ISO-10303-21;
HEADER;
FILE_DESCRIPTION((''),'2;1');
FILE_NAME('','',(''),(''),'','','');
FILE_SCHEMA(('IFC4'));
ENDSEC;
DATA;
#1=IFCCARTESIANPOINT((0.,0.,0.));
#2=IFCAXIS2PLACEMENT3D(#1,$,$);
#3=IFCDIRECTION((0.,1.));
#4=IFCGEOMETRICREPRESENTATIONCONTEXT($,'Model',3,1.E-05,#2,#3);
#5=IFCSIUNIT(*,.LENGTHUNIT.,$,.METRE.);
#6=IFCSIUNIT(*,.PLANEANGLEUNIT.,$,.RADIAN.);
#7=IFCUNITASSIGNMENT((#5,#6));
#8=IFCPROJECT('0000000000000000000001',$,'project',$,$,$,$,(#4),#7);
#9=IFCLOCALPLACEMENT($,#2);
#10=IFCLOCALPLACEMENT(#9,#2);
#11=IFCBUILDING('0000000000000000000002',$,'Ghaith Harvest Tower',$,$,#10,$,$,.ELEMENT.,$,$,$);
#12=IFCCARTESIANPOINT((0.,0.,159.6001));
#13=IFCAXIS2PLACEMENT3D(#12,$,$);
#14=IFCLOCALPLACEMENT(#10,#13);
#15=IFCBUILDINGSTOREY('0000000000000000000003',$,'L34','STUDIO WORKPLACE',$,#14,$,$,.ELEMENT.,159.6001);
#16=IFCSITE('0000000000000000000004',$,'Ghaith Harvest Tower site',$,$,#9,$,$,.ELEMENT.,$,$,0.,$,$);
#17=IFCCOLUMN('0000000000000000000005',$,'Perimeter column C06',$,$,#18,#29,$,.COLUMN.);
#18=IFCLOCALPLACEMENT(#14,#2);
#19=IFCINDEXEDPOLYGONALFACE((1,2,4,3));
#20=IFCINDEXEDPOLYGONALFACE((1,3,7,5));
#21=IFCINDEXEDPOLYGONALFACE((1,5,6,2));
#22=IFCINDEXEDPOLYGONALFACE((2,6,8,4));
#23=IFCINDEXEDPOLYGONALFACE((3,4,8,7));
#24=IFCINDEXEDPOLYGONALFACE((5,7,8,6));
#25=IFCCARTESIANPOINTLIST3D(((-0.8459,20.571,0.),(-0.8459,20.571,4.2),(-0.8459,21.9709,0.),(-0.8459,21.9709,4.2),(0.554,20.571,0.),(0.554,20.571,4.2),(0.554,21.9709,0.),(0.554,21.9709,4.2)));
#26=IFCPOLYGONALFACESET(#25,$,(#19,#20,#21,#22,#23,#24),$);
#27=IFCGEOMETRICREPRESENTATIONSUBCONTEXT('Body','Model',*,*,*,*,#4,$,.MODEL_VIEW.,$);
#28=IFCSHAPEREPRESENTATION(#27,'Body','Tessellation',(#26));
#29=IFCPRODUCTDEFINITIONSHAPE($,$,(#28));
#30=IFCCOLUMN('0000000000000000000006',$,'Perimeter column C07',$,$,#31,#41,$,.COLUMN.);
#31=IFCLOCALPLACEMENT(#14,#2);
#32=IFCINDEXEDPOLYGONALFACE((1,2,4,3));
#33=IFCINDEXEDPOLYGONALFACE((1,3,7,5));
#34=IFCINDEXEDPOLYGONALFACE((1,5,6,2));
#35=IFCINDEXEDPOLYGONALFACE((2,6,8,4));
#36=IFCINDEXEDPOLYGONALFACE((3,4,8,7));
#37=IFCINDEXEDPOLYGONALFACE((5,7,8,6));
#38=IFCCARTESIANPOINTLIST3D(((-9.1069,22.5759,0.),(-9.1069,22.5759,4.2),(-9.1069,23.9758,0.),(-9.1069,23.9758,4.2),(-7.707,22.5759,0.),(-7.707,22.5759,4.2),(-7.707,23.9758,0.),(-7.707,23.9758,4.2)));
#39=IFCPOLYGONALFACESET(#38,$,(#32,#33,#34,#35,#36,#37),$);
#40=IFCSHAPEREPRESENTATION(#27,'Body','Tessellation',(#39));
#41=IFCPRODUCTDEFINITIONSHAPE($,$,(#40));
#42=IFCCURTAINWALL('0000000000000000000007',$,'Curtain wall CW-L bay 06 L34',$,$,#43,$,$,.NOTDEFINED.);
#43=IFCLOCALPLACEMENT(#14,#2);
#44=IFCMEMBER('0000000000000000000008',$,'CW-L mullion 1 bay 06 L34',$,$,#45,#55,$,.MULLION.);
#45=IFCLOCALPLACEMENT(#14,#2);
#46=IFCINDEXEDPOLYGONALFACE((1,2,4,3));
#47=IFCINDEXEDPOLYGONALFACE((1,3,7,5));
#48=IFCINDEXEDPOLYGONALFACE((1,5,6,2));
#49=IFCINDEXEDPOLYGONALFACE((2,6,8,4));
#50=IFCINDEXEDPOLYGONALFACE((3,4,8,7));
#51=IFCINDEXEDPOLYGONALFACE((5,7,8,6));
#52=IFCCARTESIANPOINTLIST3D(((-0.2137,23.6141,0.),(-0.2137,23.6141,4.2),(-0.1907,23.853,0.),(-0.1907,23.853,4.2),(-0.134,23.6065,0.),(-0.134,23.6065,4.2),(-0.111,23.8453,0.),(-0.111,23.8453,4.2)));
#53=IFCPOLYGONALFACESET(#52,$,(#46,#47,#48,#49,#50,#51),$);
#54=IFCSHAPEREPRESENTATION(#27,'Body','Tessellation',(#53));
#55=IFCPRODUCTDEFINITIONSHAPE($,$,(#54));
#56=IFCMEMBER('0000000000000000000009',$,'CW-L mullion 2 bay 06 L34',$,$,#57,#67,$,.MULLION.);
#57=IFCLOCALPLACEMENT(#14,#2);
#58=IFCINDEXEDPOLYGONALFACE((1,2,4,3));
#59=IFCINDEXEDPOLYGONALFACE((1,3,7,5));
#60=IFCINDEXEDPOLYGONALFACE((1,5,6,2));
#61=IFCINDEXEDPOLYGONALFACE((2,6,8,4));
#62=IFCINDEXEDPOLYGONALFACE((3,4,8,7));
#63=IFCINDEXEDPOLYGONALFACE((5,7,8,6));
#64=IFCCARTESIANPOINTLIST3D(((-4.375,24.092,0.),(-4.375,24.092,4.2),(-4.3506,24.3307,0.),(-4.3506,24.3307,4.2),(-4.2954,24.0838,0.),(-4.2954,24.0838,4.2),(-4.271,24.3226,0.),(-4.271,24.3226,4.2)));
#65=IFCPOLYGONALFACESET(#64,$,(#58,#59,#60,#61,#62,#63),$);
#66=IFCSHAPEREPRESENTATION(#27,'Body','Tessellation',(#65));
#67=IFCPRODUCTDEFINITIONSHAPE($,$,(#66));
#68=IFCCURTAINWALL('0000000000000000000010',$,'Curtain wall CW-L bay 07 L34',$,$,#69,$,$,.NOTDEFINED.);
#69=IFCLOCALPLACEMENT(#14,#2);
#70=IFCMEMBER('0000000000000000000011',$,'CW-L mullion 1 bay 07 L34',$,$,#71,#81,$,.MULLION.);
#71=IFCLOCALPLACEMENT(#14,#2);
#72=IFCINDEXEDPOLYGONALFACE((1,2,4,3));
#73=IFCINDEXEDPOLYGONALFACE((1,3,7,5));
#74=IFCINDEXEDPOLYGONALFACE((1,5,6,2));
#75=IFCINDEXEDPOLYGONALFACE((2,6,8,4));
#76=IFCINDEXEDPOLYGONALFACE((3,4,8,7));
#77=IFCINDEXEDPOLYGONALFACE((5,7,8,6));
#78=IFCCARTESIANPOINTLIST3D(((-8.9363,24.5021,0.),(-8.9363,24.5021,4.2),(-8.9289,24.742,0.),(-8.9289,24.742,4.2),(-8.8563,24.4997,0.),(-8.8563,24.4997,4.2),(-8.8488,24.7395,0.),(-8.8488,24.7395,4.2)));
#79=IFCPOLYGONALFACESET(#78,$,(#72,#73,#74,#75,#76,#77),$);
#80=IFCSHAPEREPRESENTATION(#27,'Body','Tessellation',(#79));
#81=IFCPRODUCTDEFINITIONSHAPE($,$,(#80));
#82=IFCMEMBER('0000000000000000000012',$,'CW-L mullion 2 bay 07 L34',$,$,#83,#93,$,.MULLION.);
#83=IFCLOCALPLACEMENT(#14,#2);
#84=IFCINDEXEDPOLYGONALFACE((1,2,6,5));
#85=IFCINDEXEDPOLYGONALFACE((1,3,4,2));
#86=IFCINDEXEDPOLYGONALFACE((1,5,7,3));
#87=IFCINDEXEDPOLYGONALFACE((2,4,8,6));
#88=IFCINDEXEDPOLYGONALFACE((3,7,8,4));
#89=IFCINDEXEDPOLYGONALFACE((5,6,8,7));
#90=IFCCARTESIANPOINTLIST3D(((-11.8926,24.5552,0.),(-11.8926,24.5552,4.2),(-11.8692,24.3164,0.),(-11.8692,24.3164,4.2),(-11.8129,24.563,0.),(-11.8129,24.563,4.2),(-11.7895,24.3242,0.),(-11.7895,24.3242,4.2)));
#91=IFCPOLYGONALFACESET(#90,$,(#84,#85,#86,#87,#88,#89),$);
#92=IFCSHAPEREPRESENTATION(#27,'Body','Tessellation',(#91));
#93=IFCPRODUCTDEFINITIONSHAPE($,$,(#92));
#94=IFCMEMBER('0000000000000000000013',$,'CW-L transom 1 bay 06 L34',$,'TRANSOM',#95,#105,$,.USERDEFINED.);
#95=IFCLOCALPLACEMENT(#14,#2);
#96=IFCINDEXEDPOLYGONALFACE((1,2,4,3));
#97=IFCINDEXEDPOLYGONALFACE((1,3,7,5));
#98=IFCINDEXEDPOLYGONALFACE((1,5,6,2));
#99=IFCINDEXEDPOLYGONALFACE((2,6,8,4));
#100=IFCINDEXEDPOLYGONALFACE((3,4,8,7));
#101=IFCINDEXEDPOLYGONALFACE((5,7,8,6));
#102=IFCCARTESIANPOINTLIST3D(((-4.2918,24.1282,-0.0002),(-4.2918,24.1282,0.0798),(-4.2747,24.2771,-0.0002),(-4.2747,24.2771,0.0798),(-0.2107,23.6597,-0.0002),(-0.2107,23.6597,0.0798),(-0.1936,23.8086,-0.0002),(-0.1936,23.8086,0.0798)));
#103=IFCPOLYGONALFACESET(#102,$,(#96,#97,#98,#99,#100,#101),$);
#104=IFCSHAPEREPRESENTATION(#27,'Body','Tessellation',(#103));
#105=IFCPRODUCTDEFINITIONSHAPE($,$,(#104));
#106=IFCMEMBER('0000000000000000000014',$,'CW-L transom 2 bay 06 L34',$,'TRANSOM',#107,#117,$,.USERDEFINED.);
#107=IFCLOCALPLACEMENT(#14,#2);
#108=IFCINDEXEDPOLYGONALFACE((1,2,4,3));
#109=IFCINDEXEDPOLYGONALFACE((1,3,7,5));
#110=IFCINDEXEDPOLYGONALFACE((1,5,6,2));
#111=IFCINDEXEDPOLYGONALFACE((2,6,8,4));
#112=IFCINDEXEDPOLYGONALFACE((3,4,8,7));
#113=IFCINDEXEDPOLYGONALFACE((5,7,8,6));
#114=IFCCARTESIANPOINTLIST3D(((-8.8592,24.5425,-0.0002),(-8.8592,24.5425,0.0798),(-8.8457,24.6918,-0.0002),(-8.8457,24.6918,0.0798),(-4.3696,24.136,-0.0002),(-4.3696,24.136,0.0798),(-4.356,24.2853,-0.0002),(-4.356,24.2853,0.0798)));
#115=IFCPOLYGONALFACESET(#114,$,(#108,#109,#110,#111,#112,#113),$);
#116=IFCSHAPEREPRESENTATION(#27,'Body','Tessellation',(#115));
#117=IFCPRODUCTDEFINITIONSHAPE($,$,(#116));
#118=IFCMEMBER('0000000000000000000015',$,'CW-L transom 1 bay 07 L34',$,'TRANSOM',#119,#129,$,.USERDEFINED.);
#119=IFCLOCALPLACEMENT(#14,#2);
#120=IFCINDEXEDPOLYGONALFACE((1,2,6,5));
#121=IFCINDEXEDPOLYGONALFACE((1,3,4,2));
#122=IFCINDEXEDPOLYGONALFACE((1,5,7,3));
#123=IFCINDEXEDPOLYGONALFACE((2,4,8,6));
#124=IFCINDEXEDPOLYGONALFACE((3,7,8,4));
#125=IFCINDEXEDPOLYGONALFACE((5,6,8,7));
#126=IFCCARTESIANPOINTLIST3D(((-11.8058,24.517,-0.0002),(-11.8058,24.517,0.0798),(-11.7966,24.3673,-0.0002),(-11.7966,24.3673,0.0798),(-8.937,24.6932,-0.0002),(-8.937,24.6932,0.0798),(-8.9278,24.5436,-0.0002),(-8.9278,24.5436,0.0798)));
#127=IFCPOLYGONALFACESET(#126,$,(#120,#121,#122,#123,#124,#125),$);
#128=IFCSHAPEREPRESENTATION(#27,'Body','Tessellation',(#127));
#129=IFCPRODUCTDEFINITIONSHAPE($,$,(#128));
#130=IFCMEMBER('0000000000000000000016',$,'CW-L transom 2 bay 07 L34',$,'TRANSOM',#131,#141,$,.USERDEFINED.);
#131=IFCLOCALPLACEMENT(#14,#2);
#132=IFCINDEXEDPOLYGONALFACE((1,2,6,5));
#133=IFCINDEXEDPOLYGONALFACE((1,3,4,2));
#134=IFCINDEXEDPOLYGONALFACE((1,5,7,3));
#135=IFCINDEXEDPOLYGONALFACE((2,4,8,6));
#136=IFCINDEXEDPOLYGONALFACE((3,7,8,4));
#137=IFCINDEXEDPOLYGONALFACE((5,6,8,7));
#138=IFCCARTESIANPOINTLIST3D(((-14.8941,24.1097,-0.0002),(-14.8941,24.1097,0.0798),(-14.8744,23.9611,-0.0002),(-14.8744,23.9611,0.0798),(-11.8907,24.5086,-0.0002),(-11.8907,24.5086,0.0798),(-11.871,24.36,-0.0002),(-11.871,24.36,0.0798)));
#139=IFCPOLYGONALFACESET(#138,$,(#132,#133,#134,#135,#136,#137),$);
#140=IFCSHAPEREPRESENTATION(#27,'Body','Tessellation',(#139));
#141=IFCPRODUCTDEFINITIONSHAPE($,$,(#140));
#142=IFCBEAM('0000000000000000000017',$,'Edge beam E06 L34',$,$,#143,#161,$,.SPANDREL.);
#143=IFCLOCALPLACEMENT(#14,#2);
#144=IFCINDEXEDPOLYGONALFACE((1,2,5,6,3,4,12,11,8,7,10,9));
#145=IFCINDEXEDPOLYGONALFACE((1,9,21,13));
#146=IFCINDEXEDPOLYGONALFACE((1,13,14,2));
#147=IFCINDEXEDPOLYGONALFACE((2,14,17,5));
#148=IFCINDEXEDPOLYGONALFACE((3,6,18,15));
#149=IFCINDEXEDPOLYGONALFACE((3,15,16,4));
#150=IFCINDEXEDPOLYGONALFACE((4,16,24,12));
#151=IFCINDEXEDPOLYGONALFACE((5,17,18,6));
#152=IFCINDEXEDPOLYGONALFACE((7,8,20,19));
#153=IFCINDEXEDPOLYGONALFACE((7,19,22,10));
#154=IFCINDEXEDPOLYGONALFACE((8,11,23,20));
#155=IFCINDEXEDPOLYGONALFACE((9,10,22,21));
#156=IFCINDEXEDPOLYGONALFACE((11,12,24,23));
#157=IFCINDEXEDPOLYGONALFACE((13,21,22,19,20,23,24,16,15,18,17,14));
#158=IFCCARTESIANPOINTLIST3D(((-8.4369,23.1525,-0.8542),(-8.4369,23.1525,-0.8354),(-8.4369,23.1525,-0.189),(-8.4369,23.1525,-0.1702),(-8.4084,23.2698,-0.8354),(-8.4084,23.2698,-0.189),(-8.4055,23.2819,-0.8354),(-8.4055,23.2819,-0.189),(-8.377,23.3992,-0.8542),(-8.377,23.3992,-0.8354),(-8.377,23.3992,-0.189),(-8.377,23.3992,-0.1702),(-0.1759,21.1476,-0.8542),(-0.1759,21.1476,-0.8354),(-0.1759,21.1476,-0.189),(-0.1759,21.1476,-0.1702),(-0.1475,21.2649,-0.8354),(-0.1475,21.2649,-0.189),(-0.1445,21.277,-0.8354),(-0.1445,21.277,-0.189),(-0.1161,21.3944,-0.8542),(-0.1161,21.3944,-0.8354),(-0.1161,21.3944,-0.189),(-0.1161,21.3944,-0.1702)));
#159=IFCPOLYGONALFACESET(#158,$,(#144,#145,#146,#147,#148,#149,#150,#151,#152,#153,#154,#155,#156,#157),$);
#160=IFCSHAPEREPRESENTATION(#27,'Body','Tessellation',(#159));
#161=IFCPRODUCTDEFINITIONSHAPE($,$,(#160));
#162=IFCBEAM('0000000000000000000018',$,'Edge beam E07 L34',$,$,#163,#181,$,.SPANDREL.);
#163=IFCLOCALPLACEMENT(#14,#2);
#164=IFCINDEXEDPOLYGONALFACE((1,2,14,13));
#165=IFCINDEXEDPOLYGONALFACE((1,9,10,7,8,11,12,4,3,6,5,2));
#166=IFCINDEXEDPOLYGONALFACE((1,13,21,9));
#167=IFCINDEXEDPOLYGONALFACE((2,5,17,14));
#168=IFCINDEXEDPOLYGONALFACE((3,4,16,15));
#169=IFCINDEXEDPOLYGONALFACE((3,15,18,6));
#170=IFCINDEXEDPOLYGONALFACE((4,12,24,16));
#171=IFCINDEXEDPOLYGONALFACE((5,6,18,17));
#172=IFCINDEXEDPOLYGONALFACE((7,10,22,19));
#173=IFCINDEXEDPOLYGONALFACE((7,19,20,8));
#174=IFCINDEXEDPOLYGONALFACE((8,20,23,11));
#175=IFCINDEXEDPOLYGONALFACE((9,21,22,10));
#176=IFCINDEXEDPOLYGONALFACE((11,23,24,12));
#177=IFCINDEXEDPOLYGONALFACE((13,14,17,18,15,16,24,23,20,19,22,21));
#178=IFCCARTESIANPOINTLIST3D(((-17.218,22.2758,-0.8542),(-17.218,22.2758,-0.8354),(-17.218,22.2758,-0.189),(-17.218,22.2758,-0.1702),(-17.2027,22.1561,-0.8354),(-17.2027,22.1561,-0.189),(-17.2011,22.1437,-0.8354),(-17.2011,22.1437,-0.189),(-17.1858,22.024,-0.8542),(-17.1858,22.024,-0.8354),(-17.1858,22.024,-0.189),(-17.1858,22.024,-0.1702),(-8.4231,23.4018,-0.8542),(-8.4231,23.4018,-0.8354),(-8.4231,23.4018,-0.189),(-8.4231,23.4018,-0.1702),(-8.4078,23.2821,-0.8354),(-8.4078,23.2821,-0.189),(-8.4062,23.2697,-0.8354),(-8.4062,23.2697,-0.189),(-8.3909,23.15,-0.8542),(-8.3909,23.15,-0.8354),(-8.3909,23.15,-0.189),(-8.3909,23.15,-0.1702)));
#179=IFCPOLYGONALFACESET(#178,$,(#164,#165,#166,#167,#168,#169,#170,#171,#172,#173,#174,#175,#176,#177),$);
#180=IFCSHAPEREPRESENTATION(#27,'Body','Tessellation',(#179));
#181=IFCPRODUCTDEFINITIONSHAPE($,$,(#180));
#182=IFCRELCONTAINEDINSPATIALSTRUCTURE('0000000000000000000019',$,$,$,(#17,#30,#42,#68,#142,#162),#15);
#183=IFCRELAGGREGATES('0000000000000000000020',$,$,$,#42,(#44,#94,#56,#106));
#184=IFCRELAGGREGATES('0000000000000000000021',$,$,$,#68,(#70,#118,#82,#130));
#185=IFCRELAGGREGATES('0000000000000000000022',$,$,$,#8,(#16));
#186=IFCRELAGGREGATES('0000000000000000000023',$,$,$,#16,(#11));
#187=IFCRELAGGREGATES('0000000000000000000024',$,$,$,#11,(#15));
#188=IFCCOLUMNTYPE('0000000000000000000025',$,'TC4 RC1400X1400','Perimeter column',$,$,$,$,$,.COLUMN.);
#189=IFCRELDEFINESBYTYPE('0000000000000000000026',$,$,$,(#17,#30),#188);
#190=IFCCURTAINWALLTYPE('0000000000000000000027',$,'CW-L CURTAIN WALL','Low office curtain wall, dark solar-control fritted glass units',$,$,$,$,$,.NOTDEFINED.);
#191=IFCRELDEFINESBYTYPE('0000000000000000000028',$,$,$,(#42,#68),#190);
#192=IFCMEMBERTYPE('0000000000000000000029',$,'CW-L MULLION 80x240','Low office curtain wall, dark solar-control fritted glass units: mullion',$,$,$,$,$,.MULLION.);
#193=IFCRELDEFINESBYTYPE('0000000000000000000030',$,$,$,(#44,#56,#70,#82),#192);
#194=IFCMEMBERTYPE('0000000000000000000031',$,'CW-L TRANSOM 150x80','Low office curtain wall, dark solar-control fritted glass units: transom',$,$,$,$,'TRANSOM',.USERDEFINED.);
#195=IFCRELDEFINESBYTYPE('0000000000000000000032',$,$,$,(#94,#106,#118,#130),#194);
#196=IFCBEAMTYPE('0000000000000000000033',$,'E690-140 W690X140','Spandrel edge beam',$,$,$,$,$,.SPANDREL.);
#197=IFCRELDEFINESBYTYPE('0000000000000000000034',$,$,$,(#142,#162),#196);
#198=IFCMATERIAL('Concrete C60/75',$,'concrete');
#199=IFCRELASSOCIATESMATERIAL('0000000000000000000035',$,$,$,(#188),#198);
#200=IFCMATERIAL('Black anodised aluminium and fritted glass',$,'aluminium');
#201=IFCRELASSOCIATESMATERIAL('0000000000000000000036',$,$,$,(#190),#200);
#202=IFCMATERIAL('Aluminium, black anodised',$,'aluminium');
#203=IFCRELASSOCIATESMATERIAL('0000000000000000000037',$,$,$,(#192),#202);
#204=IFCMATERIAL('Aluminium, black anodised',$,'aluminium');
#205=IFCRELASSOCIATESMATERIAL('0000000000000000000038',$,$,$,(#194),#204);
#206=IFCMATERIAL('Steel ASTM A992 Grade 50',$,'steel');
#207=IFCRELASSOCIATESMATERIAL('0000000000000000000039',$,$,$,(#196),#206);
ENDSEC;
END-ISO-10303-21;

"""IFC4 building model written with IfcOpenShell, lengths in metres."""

from ifc_helpers import new_model, si_unit, direction, frame, origin, origin_2d, place, context, subcontext, project, spatial, rectangle, i_section, extrude, material, material_profile, profile_set, type_object, element, aggregate, save


model = new_model("IFC4")

# Units and contexts
model_context = context("Model", 3, precision=1e-05, world=origin(), true_north=direction((0.0, 1.0)))
body_context = subcontext(model_context, "Body", "Model", "MODEL_VIEW")
ifc_project = project(units=[si_unit("LENGTHUNIT", "METRE"), si_unit("PLANEANGLEUNIT", "RADIAN")], contexts=[model_context])

# Site, building, storey
site_placement = place(None, origin())
site = spatial("IfcSite", under=ifc_project, at=site_placement, Name="Ghaith Harvest Tower site", CompositionType="ELEMENT", RefElevation=0.0)
building_placement = place(site_placement, origin())
building = spatial("IfcBuilding", under=site, at=building_placement, Name="Ghaith Harvest Tower", CompositionType="ELEMENT")
storey_placement = place(building_placement, frame((0.0, 0.0, 159.6001)))
storey = spatial("IfcBuildingStorey", under=building, at=storey_placement, Name="L34", Description="STUDIO WORKPLACE", CompositionType="ELEMENT", Elevation=159.6001)

# Columns
ifc_material_1 = material(Name="Concrete C60/75", Category="concrete")
ifc_material_profile_1 = material_profile(ifc_material_1, rectangle(XDim=1.3999, YDim=1.3999, at=origin_2d()), Name="RC1400X1400")
ifc_profile_set_1 = profile_set([ifc_material_profile_1], Name="Concrete C60/75")
column_type = type_object("IfcColumnType", Name="TC4 RC1400X1400", Description="Perimeter column", PredefinedType="COLUMN", material=ifc_profile_set_1)
for number, where, z_axis, x_axis, name in (
    (1, (-0.146, 21.271, 0.0), (0.0, 0.0, 1.0), (1.0, 0.0, 0.0), "Perimeter column C06"),
    (2, (-8.407, 23.2759, 0.0), (0.0, 0.0, 1.0), (1.0, 0.0, 0.0), "Perimeter column C07"),
):
    element("IfcColumn", number, at=place(storey_placement, frame(where, z_axis=z_axis, x_axis=x_axis)), inside=storey, type_object=column_type, Name=name, PredefinedType="COLUMN", context=body_context, shape_type="SweptSolid", body=[
        extrude(rectangle(XDim=1.3999, YDim=1.3999, at=origin_2d()), origin(), (0.0, 0.0, 1.0), 4.2),
    ])

# Curtain walls, members
ifc_material_2 = material(Name="Black anodised aluminium and fritted glass", Category="aluminium")
curtain_wall_type = type_object("IfcCurtainWallType", Name="CW-L CURTAIN WALL", Description="Low office curtain wall, dark solar-control fritted glass units", PredefinedType="NOTDEFINED", material=ifc_material_2)
curtain_wall_1_placement = place(storey_placement, origin())
curtain_wall_1 = element("IfcCurtainWall", 3, at=curtain_wall_1_placement, inside=storey, type_object=curtain_wall_type, Name="Curtain wall CW-L bay 06 L34", PredefinedType="NOTDEFINED")
ifc_material_3 = material(Name="Aluminium, black anodised", Category="aluminium")
ifc_material_profile_2 = material_profile(ifc_material_3, rectangle(XDim=0.0801, YDim=0.24, at=origin_2d()), Name="CW-L MULLION 80x240")
ifc_profile_set_2 = profile_set([ifc_material_profile_2], Name="Aluminium, black anodised")
member_type_1 = type_object("IfcMemberType", Name="CW-L MULLION 80x240", Description="Low office curtain wall, dark solar-control fritted glass units: mullion", PredefinedType="MULLION", material=ifc_profile_set_2)
member_1_placement = place(storey_placement, frame((-0.1624, 23.7297, 0.0), z_axis=(0.0, 0.0, 1.0), x_axis=(-0.995388, 0.09593, 0.0)))
member_1 = element("IfcMember", 4, at=member_1_placement, type_object=member_type_1, Name="CW-L mullion 1 bay 06 L34", PredefinedType="MULLION", context=body_context, shape_type="SweptSolid", body=[
    extrude(rectangle(XDim=0.0801, YDim=0.24, at=origin_2d()), origin(), (0.0, 0.0, 1.0), 4.2),
])
member_2_placement = place(storey_placement, frame((-4.323, 24.2073, 0.0), z_axis=(0.0, 0.0, 1.0), x_axis=(-0.99483, 0.101551, 0.0)))
member_2 = element("IfcMember", 5, at=member_2_placement, type_object=member_type_1, Name="CW-L mullion 2 bay 06 L34", PredefinedType="MULLION", context=body_context, shape_type="SweptSolid", body=[
    extrude(rectangle(XDim=0.0801, YDim=0.24, at=origin_2d()), origin(), (0.0, 0.0, 1.0), 4.2),
])
curtain_wall_2_placement = place(storey_placement, origin())
curtain_wall_2 = element("IfcCurtainWall", 6, at=curtain_wall_2_placement, inside=storey, type_object=curtain_wall_type, Name="Curtain wall CW-L bay 07 L34", PredefinedType="NOTDEFINED")
member_3_placement = place(storey_placement, frame((-8.8926, 24.6208, 0.0), z_axis=(0.0, 0.0, 1.0), x_axis=(-0.999522, 0.030909, 0.0)))
member_3 = element("IfcMember", 7, at=member_3_placement, type_object=member_type_1, Name="CW-L mullion 1 bay 07 L34", PredefinedType="MULLION", context=body_context, shape_type="SweptSolid", body=[
    extrude(rectangle(XDim=0.0801, YDim=0.24, at=origin_2d()), origin(), (0.0, 0.0, 1.0), 4.2),
])
member_4_placement = place(storey_placement, frame((-11.8411, 24.4397, 0.0), z_axis=(0.0, 0.0, 1.0), x_axis=(-0.995238, -0.09748, 0.0)))
member_4 = element("IfcMember", 8, at=member_4_placement, type_object=member_type_1, Name="CW-L mullion 2 bay 07 L34", PredefinedType="MULLION", context=body_context, shape_type="SweptSolid", body=[
    extrude(rectangle(XDim=0.0801, YDim=0.24, at=origin_2d()), origin(), (0.0, 0.0, 1.0), 4.2),
])

# Members
ifc_material_4 = material(Name="Aluminium, black anodised", Category="aluminium")
ifc_material_profile_3 = material_profile(ifc_material_4, rectangle(XDim=0.1499, YDim=0.0801, at=origin_2d()), Name="CW-L TRANSOM 150x80")
ifc_profile_set_3 = profile_set([ifc_material_profile_3], Name="Aluminium, black anodised")
member_type_2 = type_object("IfcMemberType", Name="CW-L TRANSOM 150x80", Description="Low office curtain wall, dark solar-control fritted glass units: transom", ElementType="TRANSOM", PredefinedType="USERDEFINED", material=ifc_profile_set_3)
member_5_placement = place(storey_placement, frame((-0.2021, 23.7341, 0.0398), z_axis=(-0.993475, 0.114051, 0.0), x_axis=(-0.114051, -0.993475, 0.0)))
member_5 = element("IfcMember", 9, at=member_5_placement, type_object=member_type_2, Name="CW-L transom 1 bay 06 L34", ObjectType="TRANSOM", PredefinedType="USERDEFINED", context=body_context, shape_type="SweptSolid", body=[
    extrude(rectangle(XDim=0.1499, YDim=0.0801, at=origin_2d()), origin(), (0.0, 0.0, 1.0), 4.1079),
])
member_6_placement = place(storey_placement, frame((-4.3628, 24.2107, 0.0398), z_axis=(-0.995926, 0.09017, 0.0), x_axis=(-0.09017, -0.995926, 0.0)))
member_6 = element("IfcMember", 10, at=member_6_placement, type_object=member_type_2, Name="CW-L transom 2 bay 06 L34", ObjectType="TRANSOM", PredefinedType="USERDEFINED", context=body_context, shape_type="SweptSolid", body=[
    extrude(rectangle(XDim=0.1499, YDim=0.0801, at=origin_2d()), origin(), (0.0, 0.0, 1.0), 4.5081),
])
member_7_placement = place(storey_placement, frame((-8.9324, 24.6184, 0.0398), z_axis=(-0.998118, -0.061326, 0.0), x_axis=(0.061326, -0.998118, 0.0)))
member_7 = element("IfcMember", 11, at=member_7_placement, type_object=member_type_2, Name="CW-L transom 1 bay 07 L34", ObjectType="TRANSOM", PredefinedType="USERDEFINED", context=body_context, shape_type="SweptSolid", body=[
    extrude(rectangle(XDim=0.1499, YDim=0.0801, at=origin_2d()), origin(), (0.0, 0.0, 1.0), 2.8743),
])
member_8_placement = place(storey_placement, frame((-11.8809, 24.4343, 0.0398), z_axis=(-0.991294, -0.131668, 0.0), x_axis=(0.131668, -0.991294, 0.0)))
member_8 = element("IfcMember", 12, at=member_8_placement, type_object=member_type_2, Name="CW-L transom 2 bay 07 L34", ObjectType="TRANSOM", PredefinedType="USERDEFINED", context=body_context, shape_type="SweptSolid", body=[
    extrude(rectangle(XDim=0.1499, YDim=0.0801, at=origin_2d()), origin(), (0.0, 0.0, 1.0), 3.0298),
])

# Beams
ifc_material_5 = material(Name="Steel ASTM A992 Grade 50", Category="steel")
ifc_material_profile_4 = material_profile(ifc_material_5, i_section(OverallWidth=0.2539, OverallDepth=0.6841, WebThickness=0.0125, FlangeThickness=0.0188, at=origin_2d()), Name="W690X140")
ifc_profile_set_4 = profile_set([ifc_material_profile_4], Name="Steel ASTM A992 Grade 50")
beam_type_1 = type_object("IfcBeamType", Name="E690-140 W690X140", Description="Spandrel edge beam", PredefinedType="SPANDREL", material=ifc_profile_set_4)
beam_1_placement = place(storey_placement, frame((-0.146, 21.271, -0.5122), z_axis=(-0.97179, 0.235847, 0.0), x_axis=(-0.235847, -0.97179, 0.0)))
element("IfcBeam", 13, at=beam_1_placement, inside=storey, type_object=beam_type_1, Name="Edge beam E06 L34", PredefinedType="SPANDREL", context=body_context, shape_type="SweptSolid", body=[
    extrude(i_section(OverallWidth=0.2539, OverallDepth=0.6841, WebThickness=0.0125, FlangeThickness=0.0188, at=origin_2d()), origin(), (0.0, 0.0, 1.0), 8.5007),
])
beam_2_placement = place(storey_placement, frame((-8.407, 23.2759, -0.5122), z_axis=(-0.991904, -0.126989, 0.0), x_axis=(0.126989, -0.991904, 0.0)))
element("IfcBeam", 14, at=beam_2_placement, inside=storey, type_object=beam_type_1, Name="Edge beam E07 L34", PredefinedType="SPANDREL", context=body_context, shape_type="SweptSolid", body=[
    extrude(i_section(OverallWidth=0.2539, OverallDepth=0.6841, WebThickness=0.0125, FlangeThickness=0.0188, at=origin_2d()), origin(), (0.0, 0.0, 1.0), 8.8667),
])

aggregate(curtain_wall_1, [member_1, member_5, member_2, member_6])
aggregate(curtain_wall_2, [member_3, member_7, member_4, member_8])

save(model, "model.ifc")
